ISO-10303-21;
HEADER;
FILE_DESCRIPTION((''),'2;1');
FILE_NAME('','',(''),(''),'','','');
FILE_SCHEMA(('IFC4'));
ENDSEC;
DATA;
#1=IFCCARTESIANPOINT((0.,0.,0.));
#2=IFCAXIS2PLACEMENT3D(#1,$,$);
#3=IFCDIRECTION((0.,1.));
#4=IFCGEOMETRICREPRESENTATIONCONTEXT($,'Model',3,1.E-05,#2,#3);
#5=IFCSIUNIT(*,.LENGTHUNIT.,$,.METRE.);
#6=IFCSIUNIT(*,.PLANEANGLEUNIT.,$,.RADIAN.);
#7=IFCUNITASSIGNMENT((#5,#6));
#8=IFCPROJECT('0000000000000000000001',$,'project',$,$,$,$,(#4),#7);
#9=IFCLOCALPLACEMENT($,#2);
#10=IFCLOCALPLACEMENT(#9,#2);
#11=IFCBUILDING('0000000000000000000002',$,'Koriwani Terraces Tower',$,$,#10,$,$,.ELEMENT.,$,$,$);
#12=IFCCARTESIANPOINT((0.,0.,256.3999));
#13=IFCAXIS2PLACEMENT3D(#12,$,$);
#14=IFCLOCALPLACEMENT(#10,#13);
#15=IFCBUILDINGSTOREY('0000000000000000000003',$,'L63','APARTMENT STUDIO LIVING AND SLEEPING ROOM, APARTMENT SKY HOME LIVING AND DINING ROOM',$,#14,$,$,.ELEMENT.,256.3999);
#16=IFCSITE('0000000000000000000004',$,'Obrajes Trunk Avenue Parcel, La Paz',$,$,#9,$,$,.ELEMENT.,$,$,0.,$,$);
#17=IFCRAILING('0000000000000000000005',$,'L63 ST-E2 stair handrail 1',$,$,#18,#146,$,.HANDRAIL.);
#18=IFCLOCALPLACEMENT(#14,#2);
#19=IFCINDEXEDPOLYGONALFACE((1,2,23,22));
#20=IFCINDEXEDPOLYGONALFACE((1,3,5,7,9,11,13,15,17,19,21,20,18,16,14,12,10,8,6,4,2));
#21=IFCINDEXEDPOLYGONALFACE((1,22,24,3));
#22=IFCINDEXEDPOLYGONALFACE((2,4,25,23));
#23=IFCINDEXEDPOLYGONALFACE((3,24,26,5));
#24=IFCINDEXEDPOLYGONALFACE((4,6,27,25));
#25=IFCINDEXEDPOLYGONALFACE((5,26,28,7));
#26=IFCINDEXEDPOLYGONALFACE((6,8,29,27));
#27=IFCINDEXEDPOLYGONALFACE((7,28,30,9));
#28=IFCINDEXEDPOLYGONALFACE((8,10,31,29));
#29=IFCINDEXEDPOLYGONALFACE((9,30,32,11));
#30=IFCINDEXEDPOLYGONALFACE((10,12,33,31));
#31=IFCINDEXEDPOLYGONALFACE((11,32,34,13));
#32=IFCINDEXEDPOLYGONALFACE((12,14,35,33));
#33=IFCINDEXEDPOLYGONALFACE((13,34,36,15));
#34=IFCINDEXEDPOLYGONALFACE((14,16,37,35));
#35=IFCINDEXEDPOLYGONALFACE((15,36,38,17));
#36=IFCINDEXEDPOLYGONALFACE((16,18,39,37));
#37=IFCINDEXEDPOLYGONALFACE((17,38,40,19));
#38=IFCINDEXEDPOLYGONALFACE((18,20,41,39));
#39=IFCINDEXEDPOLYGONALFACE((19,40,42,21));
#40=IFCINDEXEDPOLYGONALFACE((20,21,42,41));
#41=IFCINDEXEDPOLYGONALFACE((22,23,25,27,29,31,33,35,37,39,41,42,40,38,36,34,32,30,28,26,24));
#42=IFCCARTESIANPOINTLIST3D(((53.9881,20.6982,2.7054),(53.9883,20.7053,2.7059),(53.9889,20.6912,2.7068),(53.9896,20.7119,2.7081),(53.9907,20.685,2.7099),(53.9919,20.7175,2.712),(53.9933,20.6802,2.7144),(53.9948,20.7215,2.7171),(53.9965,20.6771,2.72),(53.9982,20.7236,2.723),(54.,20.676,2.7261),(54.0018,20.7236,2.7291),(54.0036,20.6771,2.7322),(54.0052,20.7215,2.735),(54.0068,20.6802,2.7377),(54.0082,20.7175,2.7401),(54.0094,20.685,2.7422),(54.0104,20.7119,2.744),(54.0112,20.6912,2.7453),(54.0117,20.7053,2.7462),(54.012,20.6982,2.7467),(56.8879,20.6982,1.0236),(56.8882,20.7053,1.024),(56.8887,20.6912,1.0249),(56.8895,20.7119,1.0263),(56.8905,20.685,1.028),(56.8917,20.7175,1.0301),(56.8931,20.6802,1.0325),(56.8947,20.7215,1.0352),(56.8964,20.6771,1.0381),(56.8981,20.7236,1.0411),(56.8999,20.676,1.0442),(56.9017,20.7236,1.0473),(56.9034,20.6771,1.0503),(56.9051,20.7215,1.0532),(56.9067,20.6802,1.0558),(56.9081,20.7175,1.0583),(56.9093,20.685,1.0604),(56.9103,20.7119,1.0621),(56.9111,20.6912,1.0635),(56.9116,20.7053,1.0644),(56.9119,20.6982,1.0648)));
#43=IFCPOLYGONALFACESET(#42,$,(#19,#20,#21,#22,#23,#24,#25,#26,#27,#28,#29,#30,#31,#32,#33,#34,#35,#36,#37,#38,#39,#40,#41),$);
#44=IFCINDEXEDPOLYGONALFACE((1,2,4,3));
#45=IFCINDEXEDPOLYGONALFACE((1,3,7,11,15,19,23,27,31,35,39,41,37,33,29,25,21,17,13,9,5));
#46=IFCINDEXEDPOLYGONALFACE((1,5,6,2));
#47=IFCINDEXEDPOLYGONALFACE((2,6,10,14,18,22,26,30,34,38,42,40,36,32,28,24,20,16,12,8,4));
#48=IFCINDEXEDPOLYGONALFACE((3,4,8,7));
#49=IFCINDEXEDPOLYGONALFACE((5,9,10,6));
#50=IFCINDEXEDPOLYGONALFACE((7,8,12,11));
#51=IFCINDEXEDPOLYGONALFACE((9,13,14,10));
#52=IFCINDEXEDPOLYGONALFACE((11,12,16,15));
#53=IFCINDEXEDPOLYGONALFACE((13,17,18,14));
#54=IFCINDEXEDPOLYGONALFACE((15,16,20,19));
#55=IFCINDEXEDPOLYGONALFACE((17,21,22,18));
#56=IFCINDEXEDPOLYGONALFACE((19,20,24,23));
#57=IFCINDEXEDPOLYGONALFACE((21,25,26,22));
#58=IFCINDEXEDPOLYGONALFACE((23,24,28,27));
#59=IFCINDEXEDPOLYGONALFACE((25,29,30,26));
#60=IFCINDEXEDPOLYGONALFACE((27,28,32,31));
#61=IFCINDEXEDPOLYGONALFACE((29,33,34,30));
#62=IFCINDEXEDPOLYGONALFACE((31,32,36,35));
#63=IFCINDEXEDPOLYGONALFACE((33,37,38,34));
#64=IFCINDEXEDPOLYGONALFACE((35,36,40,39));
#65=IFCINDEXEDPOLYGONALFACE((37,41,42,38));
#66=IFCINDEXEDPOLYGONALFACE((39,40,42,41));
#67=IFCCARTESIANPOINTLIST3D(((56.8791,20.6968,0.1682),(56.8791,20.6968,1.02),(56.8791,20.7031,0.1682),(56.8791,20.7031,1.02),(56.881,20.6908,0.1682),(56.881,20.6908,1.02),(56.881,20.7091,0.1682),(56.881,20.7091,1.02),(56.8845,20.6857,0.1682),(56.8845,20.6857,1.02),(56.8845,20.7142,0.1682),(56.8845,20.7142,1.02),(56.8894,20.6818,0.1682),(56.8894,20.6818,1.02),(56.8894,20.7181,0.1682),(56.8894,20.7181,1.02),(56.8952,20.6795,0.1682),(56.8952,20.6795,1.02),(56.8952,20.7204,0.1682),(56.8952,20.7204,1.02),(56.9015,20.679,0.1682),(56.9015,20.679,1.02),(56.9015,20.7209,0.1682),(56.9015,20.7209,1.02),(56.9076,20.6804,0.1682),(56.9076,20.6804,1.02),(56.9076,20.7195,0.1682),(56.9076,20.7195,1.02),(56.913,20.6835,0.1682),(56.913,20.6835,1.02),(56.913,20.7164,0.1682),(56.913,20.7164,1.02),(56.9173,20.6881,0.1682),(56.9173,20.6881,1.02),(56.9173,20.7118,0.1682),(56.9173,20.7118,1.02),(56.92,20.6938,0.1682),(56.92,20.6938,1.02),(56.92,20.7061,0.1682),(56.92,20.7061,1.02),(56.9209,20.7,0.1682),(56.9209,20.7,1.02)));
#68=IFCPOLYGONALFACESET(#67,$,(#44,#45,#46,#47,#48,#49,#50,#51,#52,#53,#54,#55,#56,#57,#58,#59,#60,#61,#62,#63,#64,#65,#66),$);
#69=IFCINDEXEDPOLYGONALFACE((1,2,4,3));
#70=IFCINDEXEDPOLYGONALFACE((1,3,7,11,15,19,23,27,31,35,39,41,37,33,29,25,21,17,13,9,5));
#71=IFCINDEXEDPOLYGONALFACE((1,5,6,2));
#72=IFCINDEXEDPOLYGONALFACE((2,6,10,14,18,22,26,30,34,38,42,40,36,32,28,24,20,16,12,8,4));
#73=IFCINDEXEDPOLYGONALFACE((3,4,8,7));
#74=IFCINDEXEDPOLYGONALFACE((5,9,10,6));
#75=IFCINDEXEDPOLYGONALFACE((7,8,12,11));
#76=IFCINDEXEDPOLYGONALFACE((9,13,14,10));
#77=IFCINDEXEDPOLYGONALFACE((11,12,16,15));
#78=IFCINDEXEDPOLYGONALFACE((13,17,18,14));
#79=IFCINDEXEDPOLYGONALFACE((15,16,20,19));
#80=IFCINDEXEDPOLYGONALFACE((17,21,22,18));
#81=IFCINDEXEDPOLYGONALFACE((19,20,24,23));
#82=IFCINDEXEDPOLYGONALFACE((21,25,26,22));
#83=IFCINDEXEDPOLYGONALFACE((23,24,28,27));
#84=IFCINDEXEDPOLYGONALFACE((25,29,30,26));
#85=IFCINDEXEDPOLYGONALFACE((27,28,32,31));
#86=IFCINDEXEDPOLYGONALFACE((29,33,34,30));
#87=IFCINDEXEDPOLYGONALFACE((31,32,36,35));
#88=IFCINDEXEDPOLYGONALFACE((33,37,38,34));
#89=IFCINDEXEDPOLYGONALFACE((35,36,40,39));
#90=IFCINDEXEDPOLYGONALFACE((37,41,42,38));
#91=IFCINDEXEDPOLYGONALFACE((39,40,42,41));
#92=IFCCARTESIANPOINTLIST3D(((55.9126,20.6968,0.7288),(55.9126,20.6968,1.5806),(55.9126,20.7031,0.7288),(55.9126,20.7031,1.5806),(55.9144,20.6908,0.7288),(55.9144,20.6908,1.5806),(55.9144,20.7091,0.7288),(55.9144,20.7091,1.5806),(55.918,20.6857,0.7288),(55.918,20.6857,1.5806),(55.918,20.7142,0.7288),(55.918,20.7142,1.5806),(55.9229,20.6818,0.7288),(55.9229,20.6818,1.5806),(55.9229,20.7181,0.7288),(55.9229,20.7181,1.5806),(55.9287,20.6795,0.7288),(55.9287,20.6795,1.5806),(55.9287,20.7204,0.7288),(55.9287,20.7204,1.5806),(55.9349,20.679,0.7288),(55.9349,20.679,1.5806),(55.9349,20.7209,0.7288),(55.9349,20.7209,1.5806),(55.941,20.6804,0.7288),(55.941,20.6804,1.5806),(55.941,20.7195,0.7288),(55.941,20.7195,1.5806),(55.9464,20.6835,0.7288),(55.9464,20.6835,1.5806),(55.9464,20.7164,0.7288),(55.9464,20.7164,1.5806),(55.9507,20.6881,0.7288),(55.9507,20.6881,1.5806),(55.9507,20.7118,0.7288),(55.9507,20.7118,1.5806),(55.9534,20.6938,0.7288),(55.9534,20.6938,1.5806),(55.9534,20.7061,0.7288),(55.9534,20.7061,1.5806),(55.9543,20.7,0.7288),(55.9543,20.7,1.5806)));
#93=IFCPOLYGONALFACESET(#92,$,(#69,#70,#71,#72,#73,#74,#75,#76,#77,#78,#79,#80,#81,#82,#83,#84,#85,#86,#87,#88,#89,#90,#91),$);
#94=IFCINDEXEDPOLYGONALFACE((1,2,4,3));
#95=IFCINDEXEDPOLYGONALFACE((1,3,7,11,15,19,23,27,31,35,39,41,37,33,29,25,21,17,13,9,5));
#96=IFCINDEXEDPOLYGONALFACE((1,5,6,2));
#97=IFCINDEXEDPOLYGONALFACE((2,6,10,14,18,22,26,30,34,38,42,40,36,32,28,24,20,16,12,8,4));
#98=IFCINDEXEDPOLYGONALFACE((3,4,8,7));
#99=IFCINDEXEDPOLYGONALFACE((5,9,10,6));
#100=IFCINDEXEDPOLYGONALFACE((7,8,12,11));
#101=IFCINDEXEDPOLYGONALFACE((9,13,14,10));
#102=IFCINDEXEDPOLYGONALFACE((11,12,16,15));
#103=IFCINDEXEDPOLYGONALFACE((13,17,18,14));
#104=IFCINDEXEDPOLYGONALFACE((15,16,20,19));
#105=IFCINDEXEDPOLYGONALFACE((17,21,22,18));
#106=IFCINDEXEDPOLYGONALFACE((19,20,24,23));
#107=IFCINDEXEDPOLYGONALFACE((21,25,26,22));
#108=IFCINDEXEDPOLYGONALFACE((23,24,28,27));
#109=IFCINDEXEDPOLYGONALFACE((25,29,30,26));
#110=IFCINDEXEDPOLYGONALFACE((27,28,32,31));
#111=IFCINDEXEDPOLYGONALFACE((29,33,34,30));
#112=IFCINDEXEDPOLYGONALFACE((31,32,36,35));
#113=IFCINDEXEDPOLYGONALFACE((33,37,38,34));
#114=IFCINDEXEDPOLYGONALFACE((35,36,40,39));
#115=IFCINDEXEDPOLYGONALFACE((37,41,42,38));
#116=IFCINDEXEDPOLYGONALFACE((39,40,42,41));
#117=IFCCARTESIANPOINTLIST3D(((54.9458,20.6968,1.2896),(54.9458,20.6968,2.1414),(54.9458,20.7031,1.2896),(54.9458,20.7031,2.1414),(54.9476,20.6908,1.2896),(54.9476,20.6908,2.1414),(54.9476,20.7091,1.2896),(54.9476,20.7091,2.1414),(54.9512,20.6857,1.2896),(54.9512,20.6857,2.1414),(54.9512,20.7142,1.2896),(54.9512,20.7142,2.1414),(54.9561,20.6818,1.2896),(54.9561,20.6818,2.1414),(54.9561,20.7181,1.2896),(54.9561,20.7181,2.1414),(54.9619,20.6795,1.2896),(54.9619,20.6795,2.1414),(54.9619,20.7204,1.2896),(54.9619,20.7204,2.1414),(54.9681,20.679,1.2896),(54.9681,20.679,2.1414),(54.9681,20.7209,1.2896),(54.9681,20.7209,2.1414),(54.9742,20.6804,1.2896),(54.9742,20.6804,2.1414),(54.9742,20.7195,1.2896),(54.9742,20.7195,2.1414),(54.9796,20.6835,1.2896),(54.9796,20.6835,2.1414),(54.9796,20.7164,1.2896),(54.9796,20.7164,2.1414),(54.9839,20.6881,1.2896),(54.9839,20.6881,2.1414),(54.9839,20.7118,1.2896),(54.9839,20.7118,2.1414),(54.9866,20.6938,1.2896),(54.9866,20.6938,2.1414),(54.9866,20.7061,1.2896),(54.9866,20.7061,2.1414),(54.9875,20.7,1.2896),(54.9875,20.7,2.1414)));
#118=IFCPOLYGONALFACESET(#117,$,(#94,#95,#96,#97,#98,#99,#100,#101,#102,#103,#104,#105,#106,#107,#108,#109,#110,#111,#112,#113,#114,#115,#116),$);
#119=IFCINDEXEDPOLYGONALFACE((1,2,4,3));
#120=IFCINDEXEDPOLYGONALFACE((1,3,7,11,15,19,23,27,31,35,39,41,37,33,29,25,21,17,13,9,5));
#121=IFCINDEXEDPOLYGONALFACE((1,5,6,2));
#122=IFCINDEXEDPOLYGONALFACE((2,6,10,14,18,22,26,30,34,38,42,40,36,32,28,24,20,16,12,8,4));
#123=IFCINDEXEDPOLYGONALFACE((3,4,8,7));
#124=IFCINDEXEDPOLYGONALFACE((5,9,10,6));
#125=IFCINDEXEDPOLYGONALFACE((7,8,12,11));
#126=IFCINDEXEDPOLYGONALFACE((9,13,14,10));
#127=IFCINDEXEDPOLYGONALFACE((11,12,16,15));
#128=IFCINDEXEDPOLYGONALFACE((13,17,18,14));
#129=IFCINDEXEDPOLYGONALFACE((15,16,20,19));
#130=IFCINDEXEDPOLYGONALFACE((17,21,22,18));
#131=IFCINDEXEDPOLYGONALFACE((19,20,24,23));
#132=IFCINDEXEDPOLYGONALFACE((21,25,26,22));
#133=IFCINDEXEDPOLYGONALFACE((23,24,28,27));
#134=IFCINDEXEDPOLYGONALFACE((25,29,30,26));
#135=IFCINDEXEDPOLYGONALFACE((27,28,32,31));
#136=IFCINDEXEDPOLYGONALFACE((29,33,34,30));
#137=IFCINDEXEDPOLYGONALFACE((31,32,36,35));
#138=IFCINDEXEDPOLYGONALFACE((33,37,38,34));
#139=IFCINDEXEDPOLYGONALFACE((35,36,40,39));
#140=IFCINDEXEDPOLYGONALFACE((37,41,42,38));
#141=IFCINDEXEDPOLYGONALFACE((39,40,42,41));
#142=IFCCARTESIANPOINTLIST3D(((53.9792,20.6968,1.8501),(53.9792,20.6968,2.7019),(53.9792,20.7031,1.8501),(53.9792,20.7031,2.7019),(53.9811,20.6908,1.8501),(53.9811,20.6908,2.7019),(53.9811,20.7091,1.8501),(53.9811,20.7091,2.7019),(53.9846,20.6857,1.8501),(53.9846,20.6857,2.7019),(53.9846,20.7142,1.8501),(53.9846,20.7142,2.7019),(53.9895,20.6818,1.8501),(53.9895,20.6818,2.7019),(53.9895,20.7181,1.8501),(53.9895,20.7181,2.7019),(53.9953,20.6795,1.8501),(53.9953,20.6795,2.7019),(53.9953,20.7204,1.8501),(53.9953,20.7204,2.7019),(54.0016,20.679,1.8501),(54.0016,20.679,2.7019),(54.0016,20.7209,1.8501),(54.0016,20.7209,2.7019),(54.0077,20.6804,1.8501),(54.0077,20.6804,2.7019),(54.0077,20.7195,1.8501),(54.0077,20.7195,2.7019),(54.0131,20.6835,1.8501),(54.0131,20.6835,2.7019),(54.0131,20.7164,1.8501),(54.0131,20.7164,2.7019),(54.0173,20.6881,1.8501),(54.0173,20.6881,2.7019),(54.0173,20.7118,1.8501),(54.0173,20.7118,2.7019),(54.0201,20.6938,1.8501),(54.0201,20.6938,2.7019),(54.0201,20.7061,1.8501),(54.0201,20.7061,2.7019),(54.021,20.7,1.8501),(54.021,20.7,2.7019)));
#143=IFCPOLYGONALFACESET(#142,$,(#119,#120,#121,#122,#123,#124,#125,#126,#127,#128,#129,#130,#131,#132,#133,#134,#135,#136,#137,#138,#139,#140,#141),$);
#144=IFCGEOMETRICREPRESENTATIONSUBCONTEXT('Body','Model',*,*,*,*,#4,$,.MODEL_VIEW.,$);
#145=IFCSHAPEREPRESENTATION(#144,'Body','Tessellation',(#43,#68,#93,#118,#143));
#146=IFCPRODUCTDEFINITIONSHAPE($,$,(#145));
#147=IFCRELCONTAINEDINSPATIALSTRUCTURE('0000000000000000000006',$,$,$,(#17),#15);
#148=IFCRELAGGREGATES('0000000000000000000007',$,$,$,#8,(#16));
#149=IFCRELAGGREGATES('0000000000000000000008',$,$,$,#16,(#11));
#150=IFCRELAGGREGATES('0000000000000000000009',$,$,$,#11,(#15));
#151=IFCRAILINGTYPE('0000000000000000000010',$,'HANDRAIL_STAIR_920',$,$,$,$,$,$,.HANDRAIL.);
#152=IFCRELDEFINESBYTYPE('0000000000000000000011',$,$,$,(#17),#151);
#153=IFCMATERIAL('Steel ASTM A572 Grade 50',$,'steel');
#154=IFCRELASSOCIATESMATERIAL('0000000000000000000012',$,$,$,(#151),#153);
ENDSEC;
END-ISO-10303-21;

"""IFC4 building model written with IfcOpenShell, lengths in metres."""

from ifc_helpers import new_model, si_unit, direction, frame, origin, origin_2d, place, context, subcontext, project, spatial, circle, extrude, material, type_object, element, save


model = new_model("IFC4")

# Units and contexts
model_context = context("Model", 3, precision=1e-05, world=origin(), true_north=direction((0.0, 1.0)))
body_context = subcontext(model_context, "Body", "Model", "MODEL_VIEW")
ifc_project = project(units=[si_unit("LENGTHUNIT", "METRE"), si_unit("PLANEANGLEUNIT", "RADIAN")], contexts=[model_context])

# Site, building, storey
site_placement = place(None, origin())
site = spatial("IfcSite", under=ifc_project, at=site_placement, Name="Obrajes Trunk Avenue Parcel, La Paz", CompositionType="ELEMENT", RefElevation=0.0)
building_placement = place(site_placement, origin())
building = spatial("IfcBuilding", under=site, at=building_placement, Name="Koriwani Terraces Tower", CompositionType="ELEMENT")
storey_placement = place(building_placement, frame((0.0, 0.0, 256.3999)))
storey = spatial("IfcBuildingStorey", under=building, at=storey_placement, Name="L63", Description="APARTMENT STUDIO LIVING AND SLEEPING ROOM, APARTMENT SKY HOME LIVING AND DINING ROOM", CompositionType="ELEMENT", Elevation=256.3999)

# Shared definitions
ifc_material_1 = material(Name="Steel ASTM A572 Grade 50", Category="steel")

# Railing
railing_type_1 = type_object("IfcRailingType", Name="HANDRAIL_STAIR_920", PredefinedType="HANDRAIL", material=ifc_material_1)
railing_1_placement = place(storey_placement, frame((56.8999, 20.7, 0.1682)))
element("IfcRailing", 1, at=railing_1_placement, inside=storey, type_object=railing_type_1, Name="L63 ST-E2 stair handrail 1", PredefinedType="HANDRAIL", context=body_context, shape_type="SweptSolid", body=[
    extrude(circle(Radius=0.0239, at=origin_2d()), frame((0.0, 0.0, 0.876), z_axis=(-0.865039, 0.0, 0.501705), x_axis=(0.0, -1.0, 0.0)), (0.0, 0.0, 1.0), 3.3523),
    extrude(circle(Radius=0.021, at=origin_2d()), origin(), (0.0, 0.0, 1.0), 0.8518),
    extrude(circle(Radius=0.021, at=origin_2d()), frame((-0.9666, 0.0, 0.5605)), (0.0, 0.0, 1.0), 0.8518),
    extrude(circle(Radius=0.021, at=origin_2d()), frame((-1.9333, 0.0, 1.1213)), (0.0, 0.0, 1.0), 0.8518),
    extrude(circle(Radius=0.021, at=origin_2d()), frame((-2.8999, 0.0, 1.6819)), (0.0, 0.0, 1.0), 0.8518),
])

save(model, "model.ifc")
